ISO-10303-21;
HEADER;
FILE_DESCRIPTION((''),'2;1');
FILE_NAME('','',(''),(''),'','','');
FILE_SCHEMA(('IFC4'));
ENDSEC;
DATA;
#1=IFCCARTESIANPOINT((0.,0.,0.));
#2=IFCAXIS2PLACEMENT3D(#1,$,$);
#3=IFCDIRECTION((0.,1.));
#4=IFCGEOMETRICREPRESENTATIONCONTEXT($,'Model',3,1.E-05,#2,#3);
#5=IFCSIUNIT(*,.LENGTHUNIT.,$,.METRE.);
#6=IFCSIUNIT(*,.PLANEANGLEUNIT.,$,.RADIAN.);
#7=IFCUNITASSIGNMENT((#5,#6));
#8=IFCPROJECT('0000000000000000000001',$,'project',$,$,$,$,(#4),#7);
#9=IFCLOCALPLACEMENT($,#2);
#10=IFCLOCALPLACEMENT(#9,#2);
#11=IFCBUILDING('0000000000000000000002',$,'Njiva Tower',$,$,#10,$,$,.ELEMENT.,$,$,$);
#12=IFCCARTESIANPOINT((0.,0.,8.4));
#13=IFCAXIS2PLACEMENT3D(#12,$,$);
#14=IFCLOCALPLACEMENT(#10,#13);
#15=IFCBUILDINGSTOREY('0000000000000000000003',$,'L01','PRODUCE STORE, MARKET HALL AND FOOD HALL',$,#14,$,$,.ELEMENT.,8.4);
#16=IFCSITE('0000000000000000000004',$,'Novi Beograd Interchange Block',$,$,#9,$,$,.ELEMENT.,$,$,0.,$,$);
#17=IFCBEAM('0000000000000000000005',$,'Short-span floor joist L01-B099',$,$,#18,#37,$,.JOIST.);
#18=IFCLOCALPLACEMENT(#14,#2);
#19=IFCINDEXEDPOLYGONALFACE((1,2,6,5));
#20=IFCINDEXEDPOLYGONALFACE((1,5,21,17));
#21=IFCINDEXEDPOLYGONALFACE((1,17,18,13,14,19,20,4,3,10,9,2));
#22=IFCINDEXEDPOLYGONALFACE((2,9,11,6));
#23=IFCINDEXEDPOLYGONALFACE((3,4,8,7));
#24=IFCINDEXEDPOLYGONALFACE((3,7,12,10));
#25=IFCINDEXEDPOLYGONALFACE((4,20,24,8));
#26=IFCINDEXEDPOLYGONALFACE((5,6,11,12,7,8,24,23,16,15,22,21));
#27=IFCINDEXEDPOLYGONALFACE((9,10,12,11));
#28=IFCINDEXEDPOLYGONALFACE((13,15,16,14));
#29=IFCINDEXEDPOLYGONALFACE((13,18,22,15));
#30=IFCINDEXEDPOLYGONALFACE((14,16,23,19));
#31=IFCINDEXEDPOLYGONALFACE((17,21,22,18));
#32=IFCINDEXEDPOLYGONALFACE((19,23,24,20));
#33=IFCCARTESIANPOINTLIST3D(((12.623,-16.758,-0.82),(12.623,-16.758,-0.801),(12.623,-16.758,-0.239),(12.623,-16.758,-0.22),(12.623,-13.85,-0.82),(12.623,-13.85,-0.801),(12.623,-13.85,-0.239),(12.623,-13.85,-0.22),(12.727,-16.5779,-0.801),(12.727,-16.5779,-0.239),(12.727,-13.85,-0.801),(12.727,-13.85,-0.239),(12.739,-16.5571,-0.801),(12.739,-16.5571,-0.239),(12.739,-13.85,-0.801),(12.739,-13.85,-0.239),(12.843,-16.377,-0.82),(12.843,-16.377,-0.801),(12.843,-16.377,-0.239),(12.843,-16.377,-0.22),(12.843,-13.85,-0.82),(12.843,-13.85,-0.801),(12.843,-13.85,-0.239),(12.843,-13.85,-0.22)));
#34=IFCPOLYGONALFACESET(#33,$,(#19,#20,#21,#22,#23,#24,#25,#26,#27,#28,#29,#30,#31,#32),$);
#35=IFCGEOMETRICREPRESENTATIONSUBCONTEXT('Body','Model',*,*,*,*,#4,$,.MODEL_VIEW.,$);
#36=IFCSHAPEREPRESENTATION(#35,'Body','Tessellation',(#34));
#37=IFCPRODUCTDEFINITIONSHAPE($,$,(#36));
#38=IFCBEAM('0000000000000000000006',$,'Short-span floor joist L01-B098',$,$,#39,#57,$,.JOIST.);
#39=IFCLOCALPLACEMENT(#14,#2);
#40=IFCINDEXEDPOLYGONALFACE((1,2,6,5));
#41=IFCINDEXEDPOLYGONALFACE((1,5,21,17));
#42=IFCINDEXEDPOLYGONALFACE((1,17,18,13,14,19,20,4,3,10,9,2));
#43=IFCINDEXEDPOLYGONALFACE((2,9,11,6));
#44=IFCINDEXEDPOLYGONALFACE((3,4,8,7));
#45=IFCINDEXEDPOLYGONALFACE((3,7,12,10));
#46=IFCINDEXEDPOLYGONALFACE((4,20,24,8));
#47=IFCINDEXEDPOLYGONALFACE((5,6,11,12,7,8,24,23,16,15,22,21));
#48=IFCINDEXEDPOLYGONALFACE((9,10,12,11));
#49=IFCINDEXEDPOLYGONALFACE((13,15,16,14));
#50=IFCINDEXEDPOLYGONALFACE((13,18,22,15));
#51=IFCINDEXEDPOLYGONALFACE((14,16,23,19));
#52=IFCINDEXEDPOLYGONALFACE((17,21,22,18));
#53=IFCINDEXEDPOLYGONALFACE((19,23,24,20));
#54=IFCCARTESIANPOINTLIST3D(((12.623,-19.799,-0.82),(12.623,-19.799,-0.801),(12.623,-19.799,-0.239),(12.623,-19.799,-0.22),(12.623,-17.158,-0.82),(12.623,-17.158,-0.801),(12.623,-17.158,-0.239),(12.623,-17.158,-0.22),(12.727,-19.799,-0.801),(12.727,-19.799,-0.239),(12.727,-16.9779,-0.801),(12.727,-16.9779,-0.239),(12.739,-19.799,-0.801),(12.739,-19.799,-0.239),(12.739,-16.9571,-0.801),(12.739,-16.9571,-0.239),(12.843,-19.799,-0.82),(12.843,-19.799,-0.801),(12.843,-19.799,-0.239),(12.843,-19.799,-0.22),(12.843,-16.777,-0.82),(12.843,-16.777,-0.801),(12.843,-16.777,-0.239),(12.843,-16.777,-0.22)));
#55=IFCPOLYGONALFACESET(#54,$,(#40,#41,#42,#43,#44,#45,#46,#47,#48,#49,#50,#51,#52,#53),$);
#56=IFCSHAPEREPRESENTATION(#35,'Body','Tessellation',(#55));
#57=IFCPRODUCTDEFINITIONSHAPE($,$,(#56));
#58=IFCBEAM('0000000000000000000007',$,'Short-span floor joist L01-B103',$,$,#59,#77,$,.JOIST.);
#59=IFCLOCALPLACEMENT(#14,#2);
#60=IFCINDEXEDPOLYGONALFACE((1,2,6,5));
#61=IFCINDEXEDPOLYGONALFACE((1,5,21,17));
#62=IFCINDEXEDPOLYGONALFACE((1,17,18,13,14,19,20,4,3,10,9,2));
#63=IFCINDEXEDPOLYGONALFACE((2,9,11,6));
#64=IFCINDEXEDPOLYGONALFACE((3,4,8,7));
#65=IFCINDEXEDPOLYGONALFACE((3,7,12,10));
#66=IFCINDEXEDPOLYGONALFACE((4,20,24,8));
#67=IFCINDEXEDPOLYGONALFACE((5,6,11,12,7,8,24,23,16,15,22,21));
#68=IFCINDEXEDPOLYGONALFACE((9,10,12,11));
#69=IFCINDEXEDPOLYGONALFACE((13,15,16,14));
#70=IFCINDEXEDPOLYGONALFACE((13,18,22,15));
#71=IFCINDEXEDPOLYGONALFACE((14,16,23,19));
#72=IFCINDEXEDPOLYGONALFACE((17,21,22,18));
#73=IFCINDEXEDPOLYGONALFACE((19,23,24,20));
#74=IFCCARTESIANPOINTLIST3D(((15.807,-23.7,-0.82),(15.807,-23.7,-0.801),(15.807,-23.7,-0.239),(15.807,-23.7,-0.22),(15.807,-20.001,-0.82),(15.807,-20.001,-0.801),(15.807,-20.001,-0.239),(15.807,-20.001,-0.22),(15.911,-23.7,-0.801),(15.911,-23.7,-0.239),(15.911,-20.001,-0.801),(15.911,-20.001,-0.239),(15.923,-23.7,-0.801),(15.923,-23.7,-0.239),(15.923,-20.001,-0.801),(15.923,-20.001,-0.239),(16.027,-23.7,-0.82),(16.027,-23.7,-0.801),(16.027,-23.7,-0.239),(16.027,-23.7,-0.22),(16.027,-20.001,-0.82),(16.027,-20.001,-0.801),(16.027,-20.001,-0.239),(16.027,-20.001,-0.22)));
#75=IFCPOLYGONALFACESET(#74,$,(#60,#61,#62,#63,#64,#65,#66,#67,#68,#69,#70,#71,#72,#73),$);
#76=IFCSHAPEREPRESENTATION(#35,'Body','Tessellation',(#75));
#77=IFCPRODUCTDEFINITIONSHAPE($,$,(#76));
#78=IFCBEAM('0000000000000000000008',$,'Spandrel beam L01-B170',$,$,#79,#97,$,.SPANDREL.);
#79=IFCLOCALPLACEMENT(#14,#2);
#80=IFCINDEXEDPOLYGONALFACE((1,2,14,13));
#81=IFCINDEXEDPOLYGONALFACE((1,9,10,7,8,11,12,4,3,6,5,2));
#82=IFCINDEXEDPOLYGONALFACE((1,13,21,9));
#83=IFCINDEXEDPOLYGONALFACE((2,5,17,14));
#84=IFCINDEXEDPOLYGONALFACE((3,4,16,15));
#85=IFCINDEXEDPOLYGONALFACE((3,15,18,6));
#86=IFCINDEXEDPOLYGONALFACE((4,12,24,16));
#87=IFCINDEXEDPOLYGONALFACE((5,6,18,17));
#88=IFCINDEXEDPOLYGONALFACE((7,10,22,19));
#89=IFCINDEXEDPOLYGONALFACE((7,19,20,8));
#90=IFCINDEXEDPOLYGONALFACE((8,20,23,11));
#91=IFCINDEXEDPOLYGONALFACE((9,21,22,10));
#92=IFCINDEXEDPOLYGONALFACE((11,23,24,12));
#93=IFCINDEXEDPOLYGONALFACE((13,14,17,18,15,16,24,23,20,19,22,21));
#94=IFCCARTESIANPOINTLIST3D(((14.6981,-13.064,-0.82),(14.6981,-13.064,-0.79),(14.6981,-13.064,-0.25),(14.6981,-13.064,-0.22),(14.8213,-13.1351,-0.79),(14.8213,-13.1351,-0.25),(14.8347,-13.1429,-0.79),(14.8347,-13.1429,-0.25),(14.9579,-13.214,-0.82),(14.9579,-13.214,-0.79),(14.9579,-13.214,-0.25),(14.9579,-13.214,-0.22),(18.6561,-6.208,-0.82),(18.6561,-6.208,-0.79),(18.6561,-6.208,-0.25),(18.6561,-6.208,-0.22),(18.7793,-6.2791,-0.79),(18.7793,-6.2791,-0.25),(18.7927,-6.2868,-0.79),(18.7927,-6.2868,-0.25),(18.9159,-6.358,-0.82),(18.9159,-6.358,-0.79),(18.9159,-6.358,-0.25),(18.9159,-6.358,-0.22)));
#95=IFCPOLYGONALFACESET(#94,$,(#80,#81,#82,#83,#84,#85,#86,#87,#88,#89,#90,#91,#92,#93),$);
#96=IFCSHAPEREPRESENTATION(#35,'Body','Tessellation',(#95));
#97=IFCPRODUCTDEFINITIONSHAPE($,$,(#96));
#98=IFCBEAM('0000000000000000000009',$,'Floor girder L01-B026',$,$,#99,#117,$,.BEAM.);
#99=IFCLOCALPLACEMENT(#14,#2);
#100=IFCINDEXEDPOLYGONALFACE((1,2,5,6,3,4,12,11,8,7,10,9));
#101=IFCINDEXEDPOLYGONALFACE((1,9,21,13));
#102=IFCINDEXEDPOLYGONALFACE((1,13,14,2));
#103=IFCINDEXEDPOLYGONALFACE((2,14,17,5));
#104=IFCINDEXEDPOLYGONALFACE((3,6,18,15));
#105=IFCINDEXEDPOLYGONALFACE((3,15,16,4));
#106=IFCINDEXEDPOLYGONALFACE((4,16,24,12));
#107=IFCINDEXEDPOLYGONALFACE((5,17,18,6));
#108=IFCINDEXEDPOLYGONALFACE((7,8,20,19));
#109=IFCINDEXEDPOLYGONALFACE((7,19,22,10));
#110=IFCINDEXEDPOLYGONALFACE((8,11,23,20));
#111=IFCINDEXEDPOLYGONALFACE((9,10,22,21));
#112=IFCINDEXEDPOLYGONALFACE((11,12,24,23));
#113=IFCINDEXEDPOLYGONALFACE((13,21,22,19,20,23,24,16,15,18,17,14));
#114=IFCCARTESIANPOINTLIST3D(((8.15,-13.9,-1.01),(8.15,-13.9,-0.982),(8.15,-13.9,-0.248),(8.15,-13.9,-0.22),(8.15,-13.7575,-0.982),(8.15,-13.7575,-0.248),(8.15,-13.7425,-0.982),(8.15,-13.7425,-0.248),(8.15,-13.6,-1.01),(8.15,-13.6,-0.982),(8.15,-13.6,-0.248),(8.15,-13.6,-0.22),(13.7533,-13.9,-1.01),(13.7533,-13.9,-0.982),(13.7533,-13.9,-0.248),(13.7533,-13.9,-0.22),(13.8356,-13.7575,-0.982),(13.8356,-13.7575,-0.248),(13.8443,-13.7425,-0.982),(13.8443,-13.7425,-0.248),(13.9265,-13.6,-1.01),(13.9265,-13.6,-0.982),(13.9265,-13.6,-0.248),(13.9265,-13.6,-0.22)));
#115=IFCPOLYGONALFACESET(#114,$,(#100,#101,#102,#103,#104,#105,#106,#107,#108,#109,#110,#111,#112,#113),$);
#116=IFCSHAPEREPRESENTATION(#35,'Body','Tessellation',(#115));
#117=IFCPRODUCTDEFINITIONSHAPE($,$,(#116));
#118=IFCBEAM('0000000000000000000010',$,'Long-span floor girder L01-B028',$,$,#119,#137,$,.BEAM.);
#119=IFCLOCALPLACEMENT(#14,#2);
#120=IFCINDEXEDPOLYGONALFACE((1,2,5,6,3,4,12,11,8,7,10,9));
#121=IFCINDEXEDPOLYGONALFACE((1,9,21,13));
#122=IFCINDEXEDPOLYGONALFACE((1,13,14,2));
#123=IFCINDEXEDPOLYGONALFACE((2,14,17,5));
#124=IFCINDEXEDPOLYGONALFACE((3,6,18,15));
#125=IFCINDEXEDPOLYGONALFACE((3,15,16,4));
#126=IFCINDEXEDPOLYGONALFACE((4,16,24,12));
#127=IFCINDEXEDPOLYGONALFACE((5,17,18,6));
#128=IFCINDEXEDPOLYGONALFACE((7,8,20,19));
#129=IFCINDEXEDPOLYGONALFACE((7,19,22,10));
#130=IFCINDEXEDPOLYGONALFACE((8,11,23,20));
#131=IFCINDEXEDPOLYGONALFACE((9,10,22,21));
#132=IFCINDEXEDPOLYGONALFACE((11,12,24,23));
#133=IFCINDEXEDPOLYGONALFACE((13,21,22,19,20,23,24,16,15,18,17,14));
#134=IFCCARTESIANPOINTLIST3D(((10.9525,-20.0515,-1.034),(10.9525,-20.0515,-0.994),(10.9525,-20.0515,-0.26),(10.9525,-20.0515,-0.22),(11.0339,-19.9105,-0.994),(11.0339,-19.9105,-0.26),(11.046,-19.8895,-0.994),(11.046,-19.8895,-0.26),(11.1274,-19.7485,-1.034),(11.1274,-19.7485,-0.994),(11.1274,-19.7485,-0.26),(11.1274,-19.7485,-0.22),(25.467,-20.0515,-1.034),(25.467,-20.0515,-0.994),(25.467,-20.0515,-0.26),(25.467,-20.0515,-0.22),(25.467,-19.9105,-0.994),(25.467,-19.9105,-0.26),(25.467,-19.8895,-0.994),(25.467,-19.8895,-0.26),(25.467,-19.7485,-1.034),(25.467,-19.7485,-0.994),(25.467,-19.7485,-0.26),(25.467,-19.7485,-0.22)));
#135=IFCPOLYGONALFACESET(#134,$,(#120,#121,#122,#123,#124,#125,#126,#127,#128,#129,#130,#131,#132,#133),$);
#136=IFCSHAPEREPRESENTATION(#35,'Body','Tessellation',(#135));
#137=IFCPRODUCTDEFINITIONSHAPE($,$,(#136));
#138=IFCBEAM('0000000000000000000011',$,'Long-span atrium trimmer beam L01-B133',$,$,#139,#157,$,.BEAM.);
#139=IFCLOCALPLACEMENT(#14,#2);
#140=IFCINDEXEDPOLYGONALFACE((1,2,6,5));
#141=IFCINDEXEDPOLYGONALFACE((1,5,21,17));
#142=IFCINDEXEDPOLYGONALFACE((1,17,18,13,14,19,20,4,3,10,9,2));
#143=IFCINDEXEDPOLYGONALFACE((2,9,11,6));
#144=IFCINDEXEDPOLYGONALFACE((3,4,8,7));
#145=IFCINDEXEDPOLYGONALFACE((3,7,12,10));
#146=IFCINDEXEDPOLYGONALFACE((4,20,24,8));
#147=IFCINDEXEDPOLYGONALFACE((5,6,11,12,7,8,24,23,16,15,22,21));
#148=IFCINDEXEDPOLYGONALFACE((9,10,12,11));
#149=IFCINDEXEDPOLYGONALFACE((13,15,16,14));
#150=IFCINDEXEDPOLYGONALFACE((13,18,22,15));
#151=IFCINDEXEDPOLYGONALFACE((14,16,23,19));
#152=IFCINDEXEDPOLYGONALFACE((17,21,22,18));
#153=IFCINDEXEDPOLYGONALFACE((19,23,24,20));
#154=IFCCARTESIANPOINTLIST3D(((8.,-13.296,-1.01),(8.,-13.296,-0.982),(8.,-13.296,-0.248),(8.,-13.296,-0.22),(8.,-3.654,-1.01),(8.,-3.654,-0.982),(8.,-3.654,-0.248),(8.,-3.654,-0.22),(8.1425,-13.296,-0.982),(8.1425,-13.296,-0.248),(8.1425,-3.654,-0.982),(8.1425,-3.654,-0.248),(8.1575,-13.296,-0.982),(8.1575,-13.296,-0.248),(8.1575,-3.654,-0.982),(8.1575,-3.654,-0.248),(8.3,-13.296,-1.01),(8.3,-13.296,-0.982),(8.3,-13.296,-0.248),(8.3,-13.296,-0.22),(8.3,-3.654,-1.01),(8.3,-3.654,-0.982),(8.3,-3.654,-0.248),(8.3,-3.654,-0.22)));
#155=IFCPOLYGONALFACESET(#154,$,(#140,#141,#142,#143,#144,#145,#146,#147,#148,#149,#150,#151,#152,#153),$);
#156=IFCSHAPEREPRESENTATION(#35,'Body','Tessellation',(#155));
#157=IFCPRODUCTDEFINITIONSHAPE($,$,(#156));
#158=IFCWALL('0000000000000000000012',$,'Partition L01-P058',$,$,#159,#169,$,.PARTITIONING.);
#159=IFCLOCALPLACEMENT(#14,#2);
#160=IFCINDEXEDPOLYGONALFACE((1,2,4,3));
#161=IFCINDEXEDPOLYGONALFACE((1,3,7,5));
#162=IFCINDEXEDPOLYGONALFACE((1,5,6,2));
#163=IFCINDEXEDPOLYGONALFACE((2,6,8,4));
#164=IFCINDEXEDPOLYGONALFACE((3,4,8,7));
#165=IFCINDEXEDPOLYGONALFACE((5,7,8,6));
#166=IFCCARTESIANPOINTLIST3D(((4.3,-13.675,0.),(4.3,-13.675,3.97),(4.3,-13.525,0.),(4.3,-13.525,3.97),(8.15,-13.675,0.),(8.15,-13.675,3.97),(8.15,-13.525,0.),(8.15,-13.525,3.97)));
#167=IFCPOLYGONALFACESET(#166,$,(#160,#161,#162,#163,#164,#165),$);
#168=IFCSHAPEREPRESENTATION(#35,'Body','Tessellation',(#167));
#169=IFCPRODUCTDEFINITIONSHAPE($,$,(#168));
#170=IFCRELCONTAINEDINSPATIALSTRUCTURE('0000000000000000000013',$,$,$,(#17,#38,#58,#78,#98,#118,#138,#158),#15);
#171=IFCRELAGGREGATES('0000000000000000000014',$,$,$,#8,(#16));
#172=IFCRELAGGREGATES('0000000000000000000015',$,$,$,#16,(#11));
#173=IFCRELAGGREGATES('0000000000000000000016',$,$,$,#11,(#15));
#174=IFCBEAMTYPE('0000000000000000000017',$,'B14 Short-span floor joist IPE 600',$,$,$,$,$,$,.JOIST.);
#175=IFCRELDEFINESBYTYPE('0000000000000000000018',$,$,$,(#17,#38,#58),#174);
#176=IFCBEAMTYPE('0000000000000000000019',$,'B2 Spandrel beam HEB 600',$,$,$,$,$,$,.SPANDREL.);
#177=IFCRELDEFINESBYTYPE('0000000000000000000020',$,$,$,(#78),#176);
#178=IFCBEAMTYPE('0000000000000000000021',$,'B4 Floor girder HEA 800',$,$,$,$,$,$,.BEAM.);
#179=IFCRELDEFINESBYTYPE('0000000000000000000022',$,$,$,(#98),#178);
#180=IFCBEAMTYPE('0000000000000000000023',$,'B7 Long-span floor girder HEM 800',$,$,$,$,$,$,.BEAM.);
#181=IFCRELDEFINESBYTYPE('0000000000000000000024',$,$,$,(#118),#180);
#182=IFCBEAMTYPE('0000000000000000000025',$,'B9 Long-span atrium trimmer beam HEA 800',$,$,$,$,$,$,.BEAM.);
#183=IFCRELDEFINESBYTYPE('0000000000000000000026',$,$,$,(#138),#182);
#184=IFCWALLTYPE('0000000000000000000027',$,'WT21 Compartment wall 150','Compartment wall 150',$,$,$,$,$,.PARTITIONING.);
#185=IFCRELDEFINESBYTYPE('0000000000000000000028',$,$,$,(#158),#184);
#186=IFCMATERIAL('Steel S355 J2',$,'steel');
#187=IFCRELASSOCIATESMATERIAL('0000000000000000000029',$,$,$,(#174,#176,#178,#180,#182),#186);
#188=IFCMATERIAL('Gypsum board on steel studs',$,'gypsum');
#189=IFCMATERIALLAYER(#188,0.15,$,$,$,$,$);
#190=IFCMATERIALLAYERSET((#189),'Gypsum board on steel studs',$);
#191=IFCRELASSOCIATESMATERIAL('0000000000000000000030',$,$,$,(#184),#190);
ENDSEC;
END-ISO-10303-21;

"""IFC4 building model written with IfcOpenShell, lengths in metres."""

from ifc_helpers import new_model, si_unit, direction, frame, frame_2d, origin, origin_2d, place, context, subcontext, project, spatial, rectangle, i_section, extrude, clip, halfspace, material, layer, layer_set, material_profile, profile_set, type_object, element, save


model = new_model("IFC4")

# Units and contexts
model_context = context("Model", 3, precision=1e-05, world=origin(), true_north=direction((0.0, 1.0)))
body_context = subcontext(model_context, "Body", "Model", "MODEL_VIEW")
ifc_project = project(units=[si_unit("LENGTHUNIT", "METRE"), si_unit("PLANEANGLEUNIT", "RADIAN")], contexts=[model_context])

# Site, building, storey
site_placement = place(None, origin())
site = spatial("IfcSite", under=ifc_project, at=site_placement, Name="Novi Beograd Interchange Block", CompositionType="ELEMENT", RefElevation=0.0)
building_placement = place(site_placement, origin())
building = spatial("IfcBuilding", under=site, at=building_placement, Name="Njiva Tower", CompositionType="ELEMENT")
storey_placement = place(building_placement, frame((0.0, 0.0, 8.4)))
storey = spatial("IfcBuildingStorey", under=building, at=storey_placement, Name="L01", Description="PRODUCE STORE, MARKET HALL AND FOOD HALL", CompositionType="ELEMENT", Elevation=8.4)

# Shared definitions
ifc_material_1 = material(Name="Steel S355 J2", Category="steel")

# Beams
ifc_material_profile_1 = material_profile(ifc_material_1, i_section(OverallWidth=0.22, OverallDepth=0.6, WebThickness=0.012, FlangeThickness=0.019, at=origin_2d()), Name="IPE 600")
ifc_profile_set_1 = profile_set([ifc_material_profile_1], Name="Steel S355 J2")
beam_type_1 = type_object("IfcBeamType", Name="B14 Short-span floor joist IPE 600", PredefinedType="JOIST", material=ifc_profile_set_1)
beam_1_placement = place(storey_placement, frame((12.733, -13.85, -0.52), z_axis=(0.0, -1.0, 0.0), x_axis=(1.0, 0.0, 0.0)))
element("IfcBeam", 1, at=beam_1_placement, inside=storey, type_object=beam_type_1, Name="Short-span floor joist L01-B099", PredefinedType="JOIST", context=body_context, shape_type="Clipping", body=[
    clip(extrude(i_section(OverallWidth=0.22, OverallDepth=0.6, WebThickness=0.012, FlangeThickness=0.019, at=origin_2d()), origin(), (0.0, 0.0, 1.0), 2.928), halfspace(frame((0.0436, 0.0, 2.642), z_axis=(0.866027, 0.0, 0.499998), x_axis=(0.0, 1.0, 0.0)), False)),
])
beam_2_placement = place(storey_placement, frame((12.733, -16.756, -0.52), z_axis=(0.0, -1.0, 0.0), x_axis=(1.0, 0.0, 0.0)))
element("IfcBeam", 2, at=beam_2_placement, inside=storey, type_object=beam_type_1, Name="Short-span floor joist L01-B098", PredefinedType="JOIST", context=body_context, shape_type="Clipping", body=[
    clip(extrude(i_section(OverallWidth=0.22, OverallDepth=0.6, WebThickness=0.012, FlangeThickness=0.019, at=origin_2d()), origin(), (0.0, 0.0, 1.0), 3.043), halfspace(frame((-0.043, 0.0, 0.286), z_axis=(-0.866027, 0.0, -0.499998), x_axis=(0.0, -1.0, 0.0)), False)),
])
beam_3_placement = place(storey_placement, frame((15.917, -20.001, -0.52), z_axis=(0.0, -1.0, 0.0), x_axis=(1.0, 0.0, 0.0)))
element("IfcBeam", 3, at=beam_3_placement, inside=storey, type_object=beam_type_1, Name="Short-span floor joist L01-B103", PredefinedType="JOIST", context=body_context, shape_type="SweptSolid", body=[
    extrude(i_section(OverallWidth=0.22, OverallDepth=0.6, WebThickness=0.012, FlangeThickness=0.019, at=origin_2d()), origin(), (0.0, 0.0, 1.0), 3.699),
])
ifc_material_profile_2 = material_profile(ifc_material_1, i_section(OverallWidth=0.3, OverallDepth=0.6, WebThickness=0.0155, FlangeThickness=0.03, at=origin_2d()), Name="HEB 600")
ifc_profile_set_2 = profile_set([ifc_material_profile_2], Name="Steel S355 J2")
beam_type_2 = type_object("IfcBeamType", Name="B2 Spandrel beam HEB 600", PredefinedType="SPANDREL", material=ifc_profile_set_2)
beam_4_placement = place(storey_placement, frame((14.828, -13.139, -0.52), z_axis=(0.49997, 0.866043, 0.0), x_axis=(-0.866043, 0.49997, 0.0)))
element("IfcBeam", 4, at=beam_4_placement, inside=storey, type_object=beam_type_2, Name="Spandrel beam L01-B170", PredefinedType="SPANDREL", context=body_context, shape_type="SweptSolid", body=[
    extrude(i_section(OverallWidth=0.3, OverallDepth=0.6, WebThickness=0.0155, FlangeThickness=0.03, at=origin_2d()), origin(), (0.0, 0.0, 1.0), 7.9165),
])
ifc_material_profile_3 = material_profile(ifc_material_1, i_section(OverallWidth=0.3, OverallDepth=0.79, WebThickness=0.015, FlangeThickness=0.028, at=origin_2d()), Name="HEA 800")
ifc_profile_set_3 = profile_set([ifc_material_profile_3], Name="Steel S355 J2")
beam_type_3 = type_object("IfcBeamType", Name="B4 Floor girder HEA 800", PredefinedType="BEAM", material=ifc_profile_set_3)
beam_5_placement = place(storey_placement, frame((8.15, -13.75, -0.615), z_axis=(1.0, 0.0, 0.0), x_axis=(0.0, 1.0, 0.0)))
element("IfcBeam", 5, at=beam_5_placement, inside=storey, type_object=beam_type_3, Name="Floor girder L01-B026", PredefinedType="BEAM", context=body_context, shape_type="Clipping", body=[
    clip(extrude(i_section(OverallWidth=0.3, OverallDepth=0.79, WebThickness=0.015, FlangeThickness=0.028, at=origin_2d()), origin(), (0.0, 0.0, 1.0), 5.797), halfspace(frame((-0.025, 0.0, 5.6755), z_axis=(-0.499998, 0.0, 0.866027), x_axis=(0.0, 1.0, 0.0)), False)),
])
ifc_material_profile_4 = material_profile(ifc_material_1, i_section(OverallWidth=0.303, OverallDepth=0.814, WebThickness=0.021, FlangeThickness=0.04, at=origin_2d()), Name="HEM 800")
ifc_profile_set_4 = profile_set([ifc_material_profile_4], Name="Steel S355 J2")
beam_type_4 = type_object("IfcBeamType", Name="B7 Long-span floor girder HEM 800", PredefinedType="BEAM", material=ifc_profile_set_4)
beam_6_placement = place(storey_placement, frame((10.933, -19.9, -0.627), z_axis=(1.0, 0.0, 0.0), x_axis=(0.0, 1.0, 0.0)))
element("IfcBeam", 6, at=beam_6_placement, inside=storey, type_object=beam_type_4, Name="Long-span floor girder L01-B028", PredefinedType="BEAM", context=body_context, shape_type="Clipping", body=[
    clip(extrude(i_section(OverallWidth=0.303, OverallDepth=0.814, WebThickness=0.021, FlangeThickness=0.04, at=origin_2d()), origin(), (0.0, 0.0, 1.0), 14.534), halfspace(frame((0.025, 0.0, 0.1214), z_axis=(0.499998, 0.0, -0.866027), x_axis=(0.0, -1.0, 0.0)), False)),
])
ifc_material_profile_5 = material_profile(ifc_material_1, i_section(OverallWidth=0.3, OverallDepth=0.79, WebThickness=0.015, FlangeThickness=0.028, at=origin_2d()), Name="HEA 800")
ifc_profile_set_5 = profile_set([ifc_material_profile_5], Name="Steel S355 J2")
beam_type_5 = type_object("IfcBeamType", Name="B9 Long-span atrium trimmer beam HEA 800", PredefinedType="BEAM", material=ifc_profile_set_5)
beam_7_placement = place(storey_placement, frame((8.15, -13.296, -0.615), z_axis=(0.0, 1.0, 0.0), x_axis=(-1.0, 0.0, 0.0)))
element("IfcBeam", 7, at=beam_7_placement, inside=storey, type_object=beam_type_5, Name="Long-span atrium trimmer beam L01-B133", PredefinedType="BEAM", context=body_context, shape_type="SweptSolid", body=[
    extrude(i_section(OverallWidth=0.3, OverallDepth=0.79, WebThickness=0.015, FlangeThickness=0.028, at=origin_2d()), origin(), (0.0, 0.0, 1.0), 9.642),
])

# Wall
ifc_material_2 = material(Name="Gypsum board on steel studs", Category="gypsum")
ifc_layer_1 = layer(ifc_material_2, 0.15)
ifc_layer_set_1 = layer_set([ifc_layer_1], Name="Gypsum board on steel studs")
wall_type_1 = type_object("IfcWallType", Name="WT21 Compartment wall 150", Description="Compartment wall 150", PredefinedType="PARTITIONING", material=ifc_layer_set_1)
wall_1_placement = place(storey_placement, frame((4.3, -13.6, 0.0), z_axis=(0.0, 0.0, 1.0), x_axis=(1.0, 0.0, 0.0)))
element("IfcWall", 8, at=wall_1_placement, inside=storey, type_object=wall_type_1, Name="Partition L01-P058", PredefinedType="PARTITIONING", context=body_context, shape_type="SweptSolid", body=[
    extrude(rectangle(XDim=3.85, YDim=0.15, at=frame_2d((1.925, 0.0))), origin(), (0.0, 0.0, 1.0), 3.97),
])

save(model, "model.ifc")
